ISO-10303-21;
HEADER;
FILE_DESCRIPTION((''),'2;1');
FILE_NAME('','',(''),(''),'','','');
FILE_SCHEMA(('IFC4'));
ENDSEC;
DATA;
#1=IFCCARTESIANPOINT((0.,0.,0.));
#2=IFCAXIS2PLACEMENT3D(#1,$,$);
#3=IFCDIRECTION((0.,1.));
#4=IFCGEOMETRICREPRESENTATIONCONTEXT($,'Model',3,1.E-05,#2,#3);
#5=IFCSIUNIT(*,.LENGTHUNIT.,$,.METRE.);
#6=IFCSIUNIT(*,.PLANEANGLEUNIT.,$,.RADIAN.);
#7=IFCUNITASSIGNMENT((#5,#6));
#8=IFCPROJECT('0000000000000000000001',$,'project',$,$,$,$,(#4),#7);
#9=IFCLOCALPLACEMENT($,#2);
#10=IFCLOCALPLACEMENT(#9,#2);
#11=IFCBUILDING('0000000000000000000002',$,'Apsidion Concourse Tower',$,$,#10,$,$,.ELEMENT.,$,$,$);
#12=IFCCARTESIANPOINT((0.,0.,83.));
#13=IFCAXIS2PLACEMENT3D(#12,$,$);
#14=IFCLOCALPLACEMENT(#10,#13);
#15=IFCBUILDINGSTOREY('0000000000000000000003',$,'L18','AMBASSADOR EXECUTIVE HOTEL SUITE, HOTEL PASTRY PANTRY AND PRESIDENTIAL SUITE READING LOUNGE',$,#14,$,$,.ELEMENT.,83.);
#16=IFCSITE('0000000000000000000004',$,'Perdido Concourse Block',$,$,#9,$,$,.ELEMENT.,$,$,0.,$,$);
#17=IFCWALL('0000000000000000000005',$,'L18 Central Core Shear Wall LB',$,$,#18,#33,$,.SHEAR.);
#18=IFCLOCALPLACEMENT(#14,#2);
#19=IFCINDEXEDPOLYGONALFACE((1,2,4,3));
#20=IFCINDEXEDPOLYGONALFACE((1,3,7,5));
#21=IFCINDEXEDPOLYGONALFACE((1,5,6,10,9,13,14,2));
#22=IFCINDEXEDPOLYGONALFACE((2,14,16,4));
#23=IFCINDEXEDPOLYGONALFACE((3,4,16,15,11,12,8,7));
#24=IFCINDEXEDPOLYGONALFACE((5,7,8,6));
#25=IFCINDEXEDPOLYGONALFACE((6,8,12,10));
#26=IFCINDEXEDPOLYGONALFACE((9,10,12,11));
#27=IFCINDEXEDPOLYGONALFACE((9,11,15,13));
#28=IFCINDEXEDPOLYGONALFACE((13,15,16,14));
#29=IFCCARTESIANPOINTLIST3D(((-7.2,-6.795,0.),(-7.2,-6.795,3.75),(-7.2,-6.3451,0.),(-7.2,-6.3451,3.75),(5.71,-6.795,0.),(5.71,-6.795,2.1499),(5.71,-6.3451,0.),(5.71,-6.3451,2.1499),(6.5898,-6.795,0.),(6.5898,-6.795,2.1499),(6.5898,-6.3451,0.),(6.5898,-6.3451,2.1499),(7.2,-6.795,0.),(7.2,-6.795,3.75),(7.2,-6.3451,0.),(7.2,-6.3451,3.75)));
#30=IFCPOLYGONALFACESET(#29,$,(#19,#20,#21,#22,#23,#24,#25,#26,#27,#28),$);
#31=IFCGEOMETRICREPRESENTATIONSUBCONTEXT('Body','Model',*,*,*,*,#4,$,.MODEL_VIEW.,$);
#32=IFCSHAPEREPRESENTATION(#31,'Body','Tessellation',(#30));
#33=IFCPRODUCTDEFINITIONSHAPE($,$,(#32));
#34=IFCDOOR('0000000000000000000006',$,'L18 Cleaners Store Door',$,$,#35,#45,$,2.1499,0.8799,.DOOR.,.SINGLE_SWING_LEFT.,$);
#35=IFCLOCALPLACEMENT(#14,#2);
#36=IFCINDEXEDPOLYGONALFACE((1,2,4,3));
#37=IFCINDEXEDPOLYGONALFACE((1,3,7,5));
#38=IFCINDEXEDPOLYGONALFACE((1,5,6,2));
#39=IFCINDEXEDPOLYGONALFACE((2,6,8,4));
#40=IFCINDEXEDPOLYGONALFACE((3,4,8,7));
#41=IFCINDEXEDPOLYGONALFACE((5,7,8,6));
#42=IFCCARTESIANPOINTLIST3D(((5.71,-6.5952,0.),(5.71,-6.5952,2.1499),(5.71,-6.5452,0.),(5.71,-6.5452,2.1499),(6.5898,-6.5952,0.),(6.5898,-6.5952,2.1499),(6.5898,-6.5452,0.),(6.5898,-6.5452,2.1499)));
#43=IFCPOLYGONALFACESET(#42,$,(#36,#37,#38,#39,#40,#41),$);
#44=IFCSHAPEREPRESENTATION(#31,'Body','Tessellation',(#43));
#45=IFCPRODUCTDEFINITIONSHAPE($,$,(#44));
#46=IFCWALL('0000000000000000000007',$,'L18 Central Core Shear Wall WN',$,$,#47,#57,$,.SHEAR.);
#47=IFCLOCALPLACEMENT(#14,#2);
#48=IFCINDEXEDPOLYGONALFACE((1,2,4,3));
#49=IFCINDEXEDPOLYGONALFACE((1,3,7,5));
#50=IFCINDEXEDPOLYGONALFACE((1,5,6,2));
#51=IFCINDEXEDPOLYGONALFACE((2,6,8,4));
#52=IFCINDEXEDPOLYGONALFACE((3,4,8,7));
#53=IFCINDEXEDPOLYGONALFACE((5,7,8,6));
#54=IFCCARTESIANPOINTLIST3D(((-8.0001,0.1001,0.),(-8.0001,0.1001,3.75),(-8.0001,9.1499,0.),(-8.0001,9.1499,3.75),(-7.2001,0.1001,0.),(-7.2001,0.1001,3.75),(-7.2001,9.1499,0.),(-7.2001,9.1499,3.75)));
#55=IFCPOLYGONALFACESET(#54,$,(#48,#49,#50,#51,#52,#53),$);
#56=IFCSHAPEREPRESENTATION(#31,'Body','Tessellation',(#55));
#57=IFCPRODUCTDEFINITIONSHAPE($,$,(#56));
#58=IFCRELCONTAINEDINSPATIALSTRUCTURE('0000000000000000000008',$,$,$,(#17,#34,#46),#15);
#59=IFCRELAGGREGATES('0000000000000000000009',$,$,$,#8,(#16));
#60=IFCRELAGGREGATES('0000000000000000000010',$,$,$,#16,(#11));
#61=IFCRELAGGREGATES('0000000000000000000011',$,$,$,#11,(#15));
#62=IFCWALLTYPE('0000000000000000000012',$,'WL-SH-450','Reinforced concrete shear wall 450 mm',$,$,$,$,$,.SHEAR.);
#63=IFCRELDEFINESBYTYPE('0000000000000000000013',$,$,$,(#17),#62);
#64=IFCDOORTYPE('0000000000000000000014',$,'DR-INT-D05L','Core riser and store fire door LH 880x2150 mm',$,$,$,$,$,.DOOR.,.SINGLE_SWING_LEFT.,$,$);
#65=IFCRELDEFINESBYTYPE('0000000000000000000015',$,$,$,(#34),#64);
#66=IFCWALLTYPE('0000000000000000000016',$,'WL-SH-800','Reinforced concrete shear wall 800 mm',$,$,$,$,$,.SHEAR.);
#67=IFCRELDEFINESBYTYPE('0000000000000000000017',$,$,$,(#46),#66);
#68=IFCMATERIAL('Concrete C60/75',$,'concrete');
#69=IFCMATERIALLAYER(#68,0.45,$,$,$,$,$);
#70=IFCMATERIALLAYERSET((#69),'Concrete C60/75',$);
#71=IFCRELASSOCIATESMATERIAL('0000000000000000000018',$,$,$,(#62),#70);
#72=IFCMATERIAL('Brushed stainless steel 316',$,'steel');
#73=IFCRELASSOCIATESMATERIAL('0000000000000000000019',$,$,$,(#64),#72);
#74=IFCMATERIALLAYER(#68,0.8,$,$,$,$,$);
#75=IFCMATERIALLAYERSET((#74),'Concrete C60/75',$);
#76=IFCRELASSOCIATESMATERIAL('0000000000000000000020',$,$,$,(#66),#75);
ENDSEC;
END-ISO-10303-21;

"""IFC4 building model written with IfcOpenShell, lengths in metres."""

from ifc_helpers import new_model, si_unit, direction, frame, frame_2d, origin, place, context, subcontext, project, spatial, rectangle, extrude, material, layer, layer_set, type_object, element, fill, save


model = new_model("IFC4")

# Units and contexts
model_context = context("Model", 3, precision=1e-05, world=origin(), true_north=direction((0.0, 1.0)))
body_context = subcontext(model_context, "Body", "Model", "MODEL_VIEW")
ifc_project = project(units=[si_unit("LENGTHUNIT", "METRE"), si_unit("PLANEANGLEUNIT", "RADIAN")], contexts=[model_context])

# Site, building, storey
site_placement = place(None, origin())
site = spatial("IfcSite", under=ifc_project, at=site_placement, Name="Perdido Concourse Block", CompositionType="ELEMENT", RefElevation=0.0)
building_placement = place(site_placement, origin())
building = spatial("IfcBuilding", under=site, at=building_placement, Name="Apsidion Concourse Tower", CompositionType="ELEMENT")
storey_placement = place(building_placement, frame((0.0, 0.0, 83.0)))
storey = spatial("IfcBuildingStorey", under=building, at=storey_placement, Name="L18", Description="AMBASSADOR EXECUTIVE HOTEL SUITE, HOTEL PASTRY PANTRY AND PRESIDENTIAL SUITE READING LOUNGE", CompositionType="ELEMENT", Elevation=83.0)

# Shared definitions
ifc_material_1 = material(Name="Concrete C60/75", Category="concrete")

# Shared definitions
ifc_material_2 = material(Name="Brushed stainless steel 316", Category="steel")

# Shared definitions
ifc_layer_1 = layer(ifc_material_1, 0.45)
ifc_layer_set_1 = layer_set([ifc_layer_1], Name="Concrete C60/75")
wall_type_1 = type_object("IfcWallType", Name="WL-SH-450", Description="Reinforced concrete shear wall 450 mm", PredefinedType="SHEAR", material=ifc_layer_set_1)

# Wall, opening, door
wall_1_placement = place(storey_placement, frame((-7.2, -6.5701, 0.0), z_axis=(0.0, 0.0, 1.0), x_axis=(1.0, 0.0, 0.0)))
wall_1 = element("IfcWall", 1, at=wall_1_placement, inside=storey, type_object=wall_type_1, Name="L18 Central Core Shear Wall LB", PredefinedType="SHEAR", context=body_context, shape_type="SweptSolid", body=[
    extrude(rectangle(XDim=14.3999, YDim=0.45, at=frame_2d((7.2, 0.0))), origin(), (0.0, 0.0, 1.0), 3.75),
])
opening_1_placement = place(wall_1_placement, frame((12.9099, 0.0, 0.0)))
opening_1 = element("IfcOpeningElement", 2, at=opening_1_placement, cuts=wall_1, PredefinedType="OPENING", context=body_context, shape_type="SweptSolid", body=[
    extrude(rectangle(XDim=0.8799, YDim=2.1499, at=frame_2d((0.4399, 1.075))), frame((0.0, 0.2349, 0.0), z_axis=(0.0, -1.0, 0.0), x_axis=(1.0, 0.0, 0.0)), (0.0, 0.0, 1.0), 0.47),
])
door_type_1 = type_object("IfcDoorType", Name="DR-INT-D05L", Description="Core riser and store fire door LH 880x2150 mm", OperationType="SINGLE_SWING_LEFT", PredefinedType="DOOR", material=ifc_material_2)
door_1_placement = place(opening_1_placement, origin())
door_1 = element("IfcDoor", 3, at=door_1_placement, inside=storey, type_object=door_type_1, Name="L18 Cleaners Store Door", OperationType="SINGLE_SWING_LEFT", OverallHeight=2.1499, OverallWidth=0.8799, PredefinedType="DOOR", context=body_context, shape_type="SweptSolid", body=[
    extrude(rectangle(XDim=0.8799, YDim=2.1499, at=frame_2d((0.4399, 1.075))), frame((0.0, 0.0249, 0.0), z_axis=(0.0, -1.0, 0.0), x_axis=(1.0, 0.0, 0.0)), (0.0, 0.0, 1.0), 0.05),
])
fill(opening_1, door_1)

# Wall
ifc_layer_2 = layer(ifc_material_1, 0.8)
ifc_layer_set_2 = layer_set([ifc_layer_2], Name="Concrete C60/75")
wall_type_2 = type_object("IfcWallType", Name="WL-SH-800", Description="Reinforced concrete shear wall 800 mm", PredefinedType="SHEAR", material=ifc_layer_set_2)
wall_2_placement = place(storey_placement, frame((-7.6001, 0.1001, 0.0), z_axis=(0.0, 0.0, 1.0), x_axis=(0.0, 1.0, 0.0)))
element("IfcWall", 4, at=wall_2_placement, inside=storey, type_object=wall_type_2, Name="L18 Central Core Shear Wall WN", PredefinedType="SHEAR", context=body_context, shape_type="SweptSolid", body=[
    extrude(rectangle(XDim=9.0498, YDim=0.8, at=frame_2d((4.5249, 0.0))), origin(), (0.0, 0.0, 1.0), 3.75),
])

save(model, "model.ifc")
